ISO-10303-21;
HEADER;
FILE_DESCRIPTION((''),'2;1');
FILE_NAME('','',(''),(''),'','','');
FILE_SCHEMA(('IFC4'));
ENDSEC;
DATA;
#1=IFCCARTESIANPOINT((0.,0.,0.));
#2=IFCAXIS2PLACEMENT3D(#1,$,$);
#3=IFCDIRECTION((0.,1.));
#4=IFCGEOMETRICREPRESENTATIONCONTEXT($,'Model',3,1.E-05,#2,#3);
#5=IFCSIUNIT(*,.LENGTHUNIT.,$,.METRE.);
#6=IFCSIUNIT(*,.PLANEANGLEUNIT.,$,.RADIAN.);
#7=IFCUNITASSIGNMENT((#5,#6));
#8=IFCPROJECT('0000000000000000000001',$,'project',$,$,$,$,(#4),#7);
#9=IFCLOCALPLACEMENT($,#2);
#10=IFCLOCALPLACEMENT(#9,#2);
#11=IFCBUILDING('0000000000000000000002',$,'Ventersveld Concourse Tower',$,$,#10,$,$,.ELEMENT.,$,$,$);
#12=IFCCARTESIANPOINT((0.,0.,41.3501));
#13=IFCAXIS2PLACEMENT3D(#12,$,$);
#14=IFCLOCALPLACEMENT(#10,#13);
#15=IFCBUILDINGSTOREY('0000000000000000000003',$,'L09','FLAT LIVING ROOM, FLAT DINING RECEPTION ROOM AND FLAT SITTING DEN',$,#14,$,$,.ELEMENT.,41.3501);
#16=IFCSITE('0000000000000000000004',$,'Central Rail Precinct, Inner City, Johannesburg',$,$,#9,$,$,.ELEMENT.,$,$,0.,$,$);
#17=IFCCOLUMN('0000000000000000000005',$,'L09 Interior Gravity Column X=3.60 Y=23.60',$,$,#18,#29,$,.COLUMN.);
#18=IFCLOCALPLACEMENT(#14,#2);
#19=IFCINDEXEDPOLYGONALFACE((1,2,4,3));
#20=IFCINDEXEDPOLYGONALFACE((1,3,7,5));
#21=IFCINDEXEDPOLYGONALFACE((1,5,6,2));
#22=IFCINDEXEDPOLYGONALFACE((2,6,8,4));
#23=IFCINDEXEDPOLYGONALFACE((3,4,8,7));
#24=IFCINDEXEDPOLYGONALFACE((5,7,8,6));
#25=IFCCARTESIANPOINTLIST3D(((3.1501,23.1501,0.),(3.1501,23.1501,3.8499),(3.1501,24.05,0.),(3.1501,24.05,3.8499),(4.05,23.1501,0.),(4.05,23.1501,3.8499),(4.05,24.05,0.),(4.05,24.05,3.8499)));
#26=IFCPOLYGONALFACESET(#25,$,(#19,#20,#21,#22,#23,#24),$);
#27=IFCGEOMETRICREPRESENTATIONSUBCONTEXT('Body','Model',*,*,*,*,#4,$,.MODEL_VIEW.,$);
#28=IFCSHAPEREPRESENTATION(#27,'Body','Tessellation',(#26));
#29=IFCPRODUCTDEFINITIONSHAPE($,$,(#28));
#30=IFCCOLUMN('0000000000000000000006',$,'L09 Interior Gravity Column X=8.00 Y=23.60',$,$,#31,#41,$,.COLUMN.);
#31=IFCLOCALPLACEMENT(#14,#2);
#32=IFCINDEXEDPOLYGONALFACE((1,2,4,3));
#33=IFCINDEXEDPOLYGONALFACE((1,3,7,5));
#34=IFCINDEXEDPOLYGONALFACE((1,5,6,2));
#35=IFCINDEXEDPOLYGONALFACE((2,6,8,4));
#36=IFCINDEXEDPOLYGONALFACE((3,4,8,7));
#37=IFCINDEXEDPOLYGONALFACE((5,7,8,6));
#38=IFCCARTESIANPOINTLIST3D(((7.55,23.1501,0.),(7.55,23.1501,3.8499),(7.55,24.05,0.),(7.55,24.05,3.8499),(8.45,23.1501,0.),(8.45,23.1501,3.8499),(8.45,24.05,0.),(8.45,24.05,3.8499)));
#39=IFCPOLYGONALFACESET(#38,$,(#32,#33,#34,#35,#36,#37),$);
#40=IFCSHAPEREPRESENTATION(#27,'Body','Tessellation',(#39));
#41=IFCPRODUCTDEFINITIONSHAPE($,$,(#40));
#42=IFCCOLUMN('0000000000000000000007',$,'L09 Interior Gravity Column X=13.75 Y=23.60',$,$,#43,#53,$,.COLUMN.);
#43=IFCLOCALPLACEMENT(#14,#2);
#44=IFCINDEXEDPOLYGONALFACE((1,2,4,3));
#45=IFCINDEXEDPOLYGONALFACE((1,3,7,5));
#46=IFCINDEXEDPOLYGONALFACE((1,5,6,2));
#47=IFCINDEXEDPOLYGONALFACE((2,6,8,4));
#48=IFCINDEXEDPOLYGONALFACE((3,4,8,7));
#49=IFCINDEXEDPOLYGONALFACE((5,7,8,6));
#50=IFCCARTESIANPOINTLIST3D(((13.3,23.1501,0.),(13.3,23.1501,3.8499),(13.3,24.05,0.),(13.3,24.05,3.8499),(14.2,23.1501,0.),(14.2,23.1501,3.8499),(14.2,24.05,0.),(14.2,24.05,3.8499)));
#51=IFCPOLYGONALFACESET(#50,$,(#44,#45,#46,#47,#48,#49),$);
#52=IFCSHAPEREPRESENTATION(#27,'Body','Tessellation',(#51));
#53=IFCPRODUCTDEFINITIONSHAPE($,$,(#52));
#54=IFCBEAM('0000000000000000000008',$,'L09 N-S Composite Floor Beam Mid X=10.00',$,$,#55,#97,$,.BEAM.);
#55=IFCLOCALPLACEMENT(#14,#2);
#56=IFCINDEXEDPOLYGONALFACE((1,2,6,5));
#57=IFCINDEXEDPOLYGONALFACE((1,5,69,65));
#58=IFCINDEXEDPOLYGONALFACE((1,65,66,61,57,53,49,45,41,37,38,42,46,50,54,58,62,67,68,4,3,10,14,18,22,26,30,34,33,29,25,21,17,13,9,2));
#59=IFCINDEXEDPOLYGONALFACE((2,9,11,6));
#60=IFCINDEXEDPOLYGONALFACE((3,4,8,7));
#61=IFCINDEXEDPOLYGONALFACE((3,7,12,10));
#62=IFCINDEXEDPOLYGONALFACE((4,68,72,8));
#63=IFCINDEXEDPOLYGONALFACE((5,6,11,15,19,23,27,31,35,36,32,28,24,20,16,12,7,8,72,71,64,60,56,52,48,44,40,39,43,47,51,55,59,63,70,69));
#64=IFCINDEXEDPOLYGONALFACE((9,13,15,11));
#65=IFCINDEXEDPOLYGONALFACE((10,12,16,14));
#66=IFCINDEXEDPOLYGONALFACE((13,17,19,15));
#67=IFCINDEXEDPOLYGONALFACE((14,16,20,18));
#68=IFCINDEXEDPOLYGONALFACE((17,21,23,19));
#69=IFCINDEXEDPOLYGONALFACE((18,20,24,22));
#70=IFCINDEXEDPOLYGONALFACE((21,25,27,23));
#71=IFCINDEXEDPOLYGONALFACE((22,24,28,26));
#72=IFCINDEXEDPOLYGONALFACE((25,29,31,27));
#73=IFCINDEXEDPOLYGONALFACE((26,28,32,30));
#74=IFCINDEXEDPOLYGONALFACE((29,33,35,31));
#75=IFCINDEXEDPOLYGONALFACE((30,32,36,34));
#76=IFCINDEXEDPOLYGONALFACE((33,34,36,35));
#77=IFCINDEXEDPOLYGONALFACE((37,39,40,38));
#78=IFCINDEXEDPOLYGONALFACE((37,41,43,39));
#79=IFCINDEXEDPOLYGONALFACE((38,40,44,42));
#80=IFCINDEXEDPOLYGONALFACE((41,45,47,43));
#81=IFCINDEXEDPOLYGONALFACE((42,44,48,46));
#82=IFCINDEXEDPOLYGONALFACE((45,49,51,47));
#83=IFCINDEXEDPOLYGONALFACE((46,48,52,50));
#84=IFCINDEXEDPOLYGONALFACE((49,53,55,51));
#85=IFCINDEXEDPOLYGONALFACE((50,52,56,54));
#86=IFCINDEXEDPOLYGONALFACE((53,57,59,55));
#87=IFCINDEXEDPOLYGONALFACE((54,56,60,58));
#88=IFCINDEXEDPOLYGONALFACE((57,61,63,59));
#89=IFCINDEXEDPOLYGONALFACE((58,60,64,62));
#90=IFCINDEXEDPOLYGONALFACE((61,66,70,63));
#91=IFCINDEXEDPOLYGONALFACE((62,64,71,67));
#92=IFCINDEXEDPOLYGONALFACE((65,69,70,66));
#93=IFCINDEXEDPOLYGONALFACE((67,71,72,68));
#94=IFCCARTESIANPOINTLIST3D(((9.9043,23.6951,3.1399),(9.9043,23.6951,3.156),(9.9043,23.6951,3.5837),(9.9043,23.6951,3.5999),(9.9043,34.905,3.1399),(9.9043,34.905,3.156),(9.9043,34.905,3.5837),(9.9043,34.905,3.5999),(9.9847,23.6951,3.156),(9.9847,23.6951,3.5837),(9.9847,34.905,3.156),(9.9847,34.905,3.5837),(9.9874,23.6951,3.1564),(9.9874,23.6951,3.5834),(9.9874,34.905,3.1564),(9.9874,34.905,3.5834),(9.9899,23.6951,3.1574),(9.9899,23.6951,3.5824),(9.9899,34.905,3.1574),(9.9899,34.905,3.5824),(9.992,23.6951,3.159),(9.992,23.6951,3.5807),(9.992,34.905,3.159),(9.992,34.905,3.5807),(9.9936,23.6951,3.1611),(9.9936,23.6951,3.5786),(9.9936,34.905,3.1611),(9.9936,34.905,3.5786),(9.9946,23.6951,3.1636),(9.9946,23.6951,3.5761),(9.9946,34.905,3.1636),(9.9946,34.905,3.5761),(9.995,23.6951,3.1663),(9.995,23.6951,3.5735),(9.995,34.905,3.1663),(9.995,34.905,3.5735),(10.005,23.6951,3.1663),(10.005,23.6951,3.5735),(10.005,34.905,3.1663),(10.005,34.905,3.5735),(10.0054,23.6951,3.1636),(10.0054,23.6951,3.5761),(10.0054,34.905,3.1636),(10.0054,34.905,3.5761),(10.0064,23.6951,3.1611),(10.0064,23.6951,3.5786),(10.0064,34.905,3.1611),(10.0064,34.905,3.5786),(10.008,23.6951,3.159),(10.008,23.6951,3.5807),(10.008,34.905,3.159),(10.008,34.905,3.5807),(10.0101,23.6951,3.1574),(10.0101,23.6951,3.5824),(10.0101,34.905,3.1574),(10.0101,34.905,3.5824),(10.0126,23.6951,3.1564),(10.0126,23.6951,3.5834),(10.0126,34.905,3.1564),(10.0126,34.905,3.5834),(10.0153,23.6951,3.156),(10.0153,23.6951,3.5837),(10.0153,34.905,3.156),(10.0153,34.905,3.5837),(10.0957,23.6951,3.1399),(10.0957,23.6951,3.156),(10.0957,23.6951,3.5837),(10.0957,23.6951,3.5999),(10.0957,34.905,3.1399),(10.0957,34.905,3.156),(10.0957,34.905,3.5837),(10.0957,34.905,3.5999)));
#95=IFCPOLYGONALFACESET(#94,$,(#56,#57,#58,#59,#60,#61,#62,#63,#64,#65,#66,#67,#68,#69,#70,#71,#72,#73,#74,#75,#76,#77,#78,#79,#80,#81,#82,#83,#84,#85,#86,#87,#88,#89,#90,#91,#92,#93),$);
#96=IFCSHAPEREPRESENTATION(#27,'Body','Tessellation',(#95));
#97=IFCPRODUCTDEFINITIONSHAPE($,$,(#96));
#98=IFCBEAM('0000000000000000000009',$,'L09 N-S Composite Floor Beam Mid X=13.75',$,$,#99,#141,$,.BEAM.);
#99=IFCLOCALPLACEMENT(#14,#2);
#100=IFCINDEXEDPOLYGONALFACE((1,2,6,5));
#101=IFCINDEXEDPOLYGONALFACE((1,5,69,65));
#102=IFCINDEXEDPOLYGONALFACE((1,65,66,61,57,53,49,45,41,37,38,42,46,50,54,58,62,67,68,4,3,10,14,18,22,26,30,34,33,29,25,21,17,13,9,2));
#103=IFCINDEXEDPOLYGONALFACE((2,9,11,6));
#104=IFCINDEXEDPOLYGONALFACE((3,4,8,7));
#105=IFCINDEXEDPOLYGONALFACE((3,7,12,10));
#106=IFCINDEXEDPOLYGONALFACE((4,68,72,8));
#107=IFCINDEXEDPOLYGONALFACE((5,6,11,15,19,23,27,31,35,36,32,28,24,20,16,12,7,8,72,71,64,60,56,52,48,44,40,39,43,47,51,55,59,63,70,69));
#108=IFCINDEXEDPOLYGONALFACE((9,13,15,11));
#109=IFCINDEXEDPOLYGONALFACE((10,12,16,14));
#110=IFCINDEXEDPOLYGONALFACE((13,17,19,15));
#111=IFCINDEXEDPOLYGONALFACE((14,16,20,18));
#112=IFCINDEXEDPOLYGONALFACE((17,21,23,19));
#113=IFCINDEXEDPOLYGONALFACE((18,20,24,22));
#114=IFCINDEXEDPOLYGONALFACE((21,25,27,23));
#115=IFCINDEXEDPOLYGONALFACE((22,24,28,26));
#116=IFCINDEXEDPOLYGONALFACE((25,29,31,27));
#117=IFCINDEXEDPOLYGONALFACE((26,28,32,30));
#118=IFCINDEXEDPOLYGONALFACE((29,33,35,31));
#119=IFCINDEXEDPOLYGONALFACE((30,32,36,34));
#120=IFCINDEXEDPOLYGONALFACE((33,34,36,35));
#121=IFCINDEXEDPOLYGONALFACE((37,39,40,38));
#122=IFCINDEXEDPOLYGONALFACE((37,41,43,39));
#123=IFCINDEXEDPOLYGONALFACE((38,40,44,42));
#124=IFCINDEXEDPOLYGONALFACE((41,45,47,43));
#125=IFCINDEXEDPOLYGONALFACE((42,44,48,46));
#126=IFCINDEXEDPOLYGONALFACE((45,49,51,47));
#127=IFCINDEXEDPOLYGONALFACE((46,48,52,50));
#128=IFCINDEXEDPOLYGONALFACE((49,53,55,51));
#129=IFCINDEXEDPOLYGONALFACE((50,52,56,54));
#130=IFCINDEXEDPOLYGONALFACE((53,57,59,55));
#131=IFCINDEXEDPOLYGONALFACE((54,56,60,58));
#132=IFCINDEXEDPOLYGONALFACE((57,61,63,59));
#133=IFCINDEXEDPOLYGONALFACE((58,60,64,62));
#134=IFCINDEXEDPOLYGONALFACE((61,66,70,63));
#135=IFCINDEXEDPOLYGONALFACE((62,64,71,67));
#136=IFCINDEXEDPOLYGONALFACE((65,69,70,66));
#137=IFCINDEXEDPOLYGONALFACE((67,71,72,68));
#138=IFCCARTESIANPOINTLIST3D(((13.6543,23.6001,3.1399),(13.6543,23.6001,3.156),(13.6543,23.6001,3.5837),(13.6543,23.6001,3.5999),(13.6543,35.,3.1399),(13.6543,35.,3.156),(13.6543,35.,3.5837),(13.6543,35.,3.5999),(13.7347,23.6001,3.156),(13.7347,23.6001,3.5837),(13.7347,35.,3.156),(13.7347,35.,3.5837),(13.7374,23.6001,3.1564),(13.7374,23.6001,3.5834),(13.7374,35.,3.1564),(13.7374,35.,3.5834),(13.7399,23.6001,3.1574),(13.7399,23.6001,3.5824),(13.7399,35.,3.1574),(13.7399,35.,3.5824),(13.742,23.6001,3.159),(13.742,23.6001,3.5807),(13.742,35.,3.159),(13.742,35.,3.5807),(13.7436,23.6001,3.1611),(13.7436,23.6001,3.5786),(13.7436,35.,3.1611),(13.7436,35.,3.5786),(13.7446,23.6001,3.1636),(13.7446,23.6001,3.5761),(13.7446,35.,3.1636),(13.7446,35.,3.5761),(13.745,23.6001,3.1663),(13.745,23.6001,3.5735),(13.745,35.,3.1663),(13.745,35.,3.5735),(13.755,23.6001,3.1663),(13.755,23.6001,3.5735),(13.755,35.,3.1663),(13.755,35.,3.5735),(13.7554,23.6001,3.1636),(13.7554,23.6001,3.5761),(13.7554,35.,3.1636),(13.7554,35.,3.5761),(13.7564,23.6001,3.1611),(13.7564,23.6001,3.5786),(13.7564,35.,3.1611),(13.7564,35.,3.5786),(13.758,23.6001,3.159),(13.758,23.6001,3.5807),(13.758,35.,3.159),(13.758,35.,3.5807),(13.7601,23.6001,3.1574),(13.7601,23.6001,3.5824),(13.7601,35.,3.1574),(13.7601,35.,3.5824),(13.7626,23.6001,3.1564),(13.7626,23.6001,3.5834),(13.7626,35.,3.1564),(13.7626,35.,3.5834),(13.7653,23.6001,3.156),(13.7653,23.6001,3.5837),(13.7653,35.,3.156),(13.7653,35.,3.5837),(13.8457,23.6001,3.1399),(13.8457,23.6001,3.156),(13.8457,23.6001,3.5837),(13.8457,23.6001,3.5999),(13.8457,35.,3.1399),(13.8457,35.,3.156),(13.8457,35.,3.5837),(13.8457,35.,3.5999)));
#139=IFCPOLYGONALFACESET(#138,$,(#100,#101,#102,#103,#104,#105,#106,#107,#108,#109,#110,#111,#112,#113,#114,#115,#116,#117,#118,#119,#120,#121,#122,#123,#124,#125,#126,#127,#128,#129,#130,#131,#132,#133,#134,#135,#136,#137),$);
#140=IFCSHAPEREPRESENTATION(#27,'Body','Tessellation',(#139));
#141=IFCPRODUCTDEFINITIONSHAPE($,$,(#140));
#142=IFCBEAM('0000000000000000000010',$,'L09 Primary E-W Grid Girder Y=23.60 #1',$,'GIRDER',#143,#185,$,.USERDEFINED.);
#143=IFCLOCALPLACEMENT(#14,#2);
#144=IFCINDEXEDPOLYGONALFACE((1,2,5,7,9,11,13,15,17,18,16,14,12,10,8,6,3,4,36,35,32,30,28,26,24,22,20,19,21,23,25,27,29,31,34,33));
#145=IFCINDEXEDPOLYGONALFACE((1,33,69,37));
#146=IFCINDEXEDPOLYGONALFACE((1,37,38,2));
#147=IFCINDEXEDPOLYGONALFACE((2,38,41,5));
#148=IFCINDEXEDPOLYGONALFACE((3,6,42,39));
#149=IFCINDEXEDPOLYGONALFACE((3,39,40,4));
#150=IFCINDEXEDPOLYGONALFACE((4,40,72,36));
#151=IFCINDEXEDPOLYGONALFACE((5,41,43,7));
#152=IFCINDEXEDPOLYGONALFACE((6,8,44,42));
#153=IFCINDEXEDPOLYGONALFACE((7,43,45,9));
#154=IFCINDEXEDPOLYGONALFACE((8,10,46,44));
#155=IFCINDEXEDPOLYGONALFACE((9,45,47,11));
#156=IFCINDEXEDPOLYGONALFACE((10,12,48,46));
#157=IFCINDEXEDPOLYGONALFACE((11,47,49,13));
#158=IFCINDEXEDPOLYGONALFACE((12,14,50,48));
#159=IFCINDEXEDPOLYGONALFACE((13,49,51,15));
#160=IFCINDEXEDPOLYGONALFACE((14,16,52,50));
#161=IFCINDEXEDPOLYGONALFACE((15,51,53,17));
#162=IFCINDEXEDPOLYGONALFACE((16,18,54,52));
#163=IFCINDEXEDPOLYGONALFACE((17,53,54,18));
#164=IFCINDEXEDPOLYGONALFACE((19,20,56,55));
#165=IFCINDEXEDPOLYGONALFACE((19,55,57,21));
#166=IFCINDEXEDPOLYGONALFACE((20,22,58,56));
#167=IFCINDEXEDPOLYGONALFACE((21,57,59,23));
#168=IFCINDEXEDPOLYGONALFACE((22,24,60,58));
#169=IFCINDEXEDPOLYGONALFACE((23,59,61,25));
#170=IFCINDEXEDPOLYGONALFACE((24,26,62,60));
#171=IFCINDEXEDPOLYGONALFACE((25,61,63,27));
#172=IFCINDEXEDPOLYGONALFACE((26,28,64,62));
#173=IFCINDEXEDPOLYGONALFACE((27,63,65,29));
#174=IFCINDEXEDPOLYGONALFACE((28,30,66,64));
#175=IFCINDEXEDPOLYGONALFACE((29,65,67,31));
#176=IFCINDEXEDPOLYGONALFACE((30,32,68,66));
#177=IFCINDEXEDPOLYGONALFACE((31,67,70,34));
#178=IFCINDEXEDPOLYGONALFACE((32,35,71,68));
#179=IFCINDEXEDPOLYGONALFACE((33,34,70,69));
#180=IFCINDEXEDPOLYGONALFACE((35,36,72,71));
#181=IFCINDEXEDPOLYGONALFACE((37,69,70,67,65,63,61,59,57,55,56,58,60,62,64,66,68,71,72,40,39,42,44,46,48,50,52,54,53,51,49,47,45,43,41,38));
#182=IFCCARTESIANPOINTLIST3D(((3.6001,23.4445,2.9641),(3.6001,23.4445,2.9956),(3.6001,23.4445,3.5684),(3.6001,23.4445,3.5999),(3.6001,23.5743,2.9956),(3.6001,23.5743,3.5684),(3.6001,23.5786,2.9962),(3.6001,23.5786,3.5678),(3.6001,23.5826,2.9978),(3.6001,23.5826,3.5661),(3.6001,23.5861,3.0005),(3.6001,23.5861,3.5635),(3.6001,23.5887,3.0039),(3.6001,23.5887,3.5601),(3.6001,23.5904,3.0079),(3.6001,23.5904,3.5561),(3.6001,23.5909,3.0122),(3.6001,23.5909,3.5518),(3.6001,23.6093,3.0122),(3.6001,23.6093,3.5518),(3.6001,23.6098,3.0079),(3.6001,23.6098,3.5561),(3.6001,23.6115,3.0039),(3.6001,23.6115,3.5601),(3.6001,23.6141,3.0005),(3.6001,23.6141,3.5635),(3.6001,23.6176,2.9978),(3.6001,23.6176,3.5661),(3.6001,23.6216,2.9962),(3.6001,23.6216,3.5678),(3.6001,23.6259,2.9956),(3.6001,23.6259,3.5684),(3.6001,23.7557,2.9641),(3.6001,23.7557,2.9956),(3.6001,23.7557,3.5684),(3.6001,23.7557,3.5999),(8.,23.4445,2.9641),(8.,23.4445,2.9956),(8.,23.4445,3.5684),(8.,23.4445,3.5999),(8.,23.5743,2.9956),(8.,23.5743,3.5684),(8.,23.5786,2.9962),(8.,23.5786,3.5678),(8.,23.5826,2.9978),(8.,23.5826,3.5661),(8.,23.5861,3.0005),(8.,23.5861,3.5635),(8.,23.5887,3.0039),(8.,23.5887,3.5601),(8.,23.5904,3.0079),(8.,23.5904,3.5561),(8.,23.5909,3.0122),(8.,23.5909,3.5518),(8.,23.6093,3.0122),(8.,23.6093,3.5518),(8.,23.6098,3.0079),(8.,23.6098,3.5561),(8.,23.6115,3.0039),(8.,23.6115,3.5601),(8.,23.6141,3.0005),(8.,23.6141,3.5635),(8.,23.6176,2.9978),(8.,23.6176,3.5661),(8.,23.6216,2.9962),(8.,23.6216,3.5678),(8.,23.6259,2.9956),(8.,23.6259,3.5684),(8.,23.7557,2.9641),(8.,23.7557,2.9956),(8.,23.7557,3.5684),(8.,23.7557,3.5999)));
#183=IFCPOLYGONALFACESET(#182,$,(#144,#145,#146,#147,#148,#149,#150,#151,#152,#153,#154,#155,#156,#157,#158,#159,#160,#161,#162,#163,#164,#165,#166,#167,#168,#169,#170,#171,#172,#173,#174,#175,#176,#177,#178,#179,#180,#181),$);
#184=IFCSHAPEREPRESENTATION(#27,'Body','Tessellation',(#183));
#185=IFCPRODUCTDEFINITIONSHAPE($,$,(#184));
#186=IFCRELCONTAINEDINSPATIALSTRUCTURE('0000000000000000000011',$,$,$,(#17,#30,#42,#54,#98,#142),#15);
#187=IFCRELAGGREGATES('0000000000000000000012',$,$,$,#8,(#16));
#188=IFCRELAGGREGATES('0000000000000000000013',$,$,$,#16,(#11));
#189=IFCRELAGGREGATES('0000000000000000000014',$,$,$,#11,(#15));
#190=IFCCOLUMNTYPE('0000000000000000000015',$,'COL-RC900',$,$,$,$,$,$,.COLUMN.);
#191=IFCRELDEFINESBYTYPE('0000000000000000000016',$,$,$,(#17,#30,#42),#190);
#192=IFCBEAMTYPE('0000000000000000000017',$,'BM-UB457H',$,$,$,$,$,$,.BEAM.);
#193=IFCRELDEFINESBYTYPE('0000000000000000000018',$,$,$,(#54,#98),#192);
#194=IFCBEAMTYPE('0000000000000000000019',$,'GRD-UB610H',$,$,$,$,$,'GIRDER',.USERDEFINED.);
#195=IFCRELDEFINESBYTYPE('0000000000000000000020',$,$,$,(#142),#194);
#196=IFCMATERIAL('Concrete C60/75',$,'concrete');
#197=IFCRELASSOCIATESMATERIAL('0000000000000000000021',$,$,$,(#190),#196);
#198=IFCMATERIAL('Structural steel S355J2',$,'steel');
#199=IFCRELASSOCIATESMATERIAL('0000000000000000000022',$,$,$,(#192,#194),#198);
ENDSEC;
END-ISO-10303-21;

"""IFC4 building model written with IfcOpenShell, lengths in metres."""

from ifc_helpers import new_model, si_unit, direction, frame, origin, origin_2d, place, context, subcontext, project, spatial, rectangle, i_section, extrude, material, material_profile, profile_set, type_object, element, save


model = new_model("IFC4")

# Units and contexts
model_context = context("Model", 3, precision=1e-05, world=origin(), true_north=direction((0.0, 1.0)))
body_context = subcontext(model_context, "Body", "Model", "MODEL_VIEW")
ifc_project = project(units=[si_unit("LENGTHUNIT", "METRE"), si_unit("PLANEANGLEUNIT", "RADIAN")], contexts=[model_context])

# Site, building, storey
site_placement = place(None, origin())
site = spatial("IfcSite", under=ifc_project, at=site_placement, Name="Central Rail Precinct, Inner City, Johannesburg", CompositionType="ELEMENT", RefElevation=0.0)
building_placement = place(site_placement, origin())
building = spatial("IfcBuilding", under=site, at=building_placement, Name="Ventersveld Concourse Tower", CompositionType="ELEMENT")
storey_placement = place(building_placement, frame((0.0, 0.0, 41.3501)))
storey = spatial("IfcBuildingStorey", under=building, at=storey_placement, Name="L09", Description="FLAT LIVING ROOM, FLAT DINING RECEPTION ROOM AND FLAT SITTING DEN", CompositionType="ELEMENT", Elevation=41.3501)

# Columns
ifc_material_1 = material(Name="Concrete C60/75", Category="concrete")
ifc_material_profile_1 = material_profile(ifc_material_1, rectangle(XDim=0.8999, YDim=0.8999, at=origin_2d()), Name="RC 900x900")
ifc_profile_set_1 = profile_set([ifc_material_profile_1], Name="Concrete C60/75")
column_type = type_object("IfcColumnType", Name="COL-RC900", PredefinedType="COLUMN", material=ifc_profile_set_1)
for number, where, z_axis, x_axis, name in (
    (1, (3.6001, 23.6001, 0.0), (0.0, 0.0, 1.0), (1.0, 0.0, 0.0), "L09 Interior Gravity Column X=3.60 Y=23.60"),
    (2, (8.0, 23.6001, 0.0), (0.0, 0.0, 1.0), (1.0, 0.0, 0.0), "L09 Interior Gravity Column X=8.00 Y=23.60"),
    (3, (13.75, 23.6001, 0.0), (0.0, 0.0, 1.0), (1.0, 0.0, 0.0), "L09 Interior Gravity Column X=13.75 Y=23.60"),
):
    element("IfcColumn", number, at=place(storey_placement, frame(where, z_axis=z_axis, x_axis=x_axis)), inside=storey, type_object=column_type, Name=name, PredefinedType="COLUMN", context=body_context, shape_type="SweptSolid", body=[
        extrude(rectangle(XDim=0.8999, YDim=0.8999, at=origin_2d()), origin(), (0.0, 0.0, 1.0), 3.8499),
    ])

# Beams
ifc_material_2 = material(Name="Structural steel S355J2", Category="steel")
ifc_material_profile_2 = material_profile(ifc_material_2, i_section(OverallWidth=0.1914, OverallDepth=0.46, WebThickness=0.01, FlangeThickness=0.0161, FilletRadius=0.0103, at=origin_2d()), Name="UB 457x191x82")
ifc_profile_set_2 = profile_set([ifc_material_profile_2], Name="Structural steel S355J2")
beam_type_1 = type_object("IfcBeamType", Name="BM-UB457H", PredefinedType="BEAM", material=ifc_profile_set_2)
beam_1_placement = place(storey_placement, frame((10.0, 23.6951, 3.3699), z_axis=(0.0, 1.0, 0.0), x_axis=(-1.0, 0.0, 0.0)))
element("IfcBeam", 4, at=beam_1_placement, inside=storey, type_object=beam_type_1, Name="L09 N-S Composite Floor Beam Mid X=10.00", PredefinedType="BEAM", context=body_context, shape_type="SweptSolid", body=[
    extrude(i_section(OverallWidth=0.1914, OverallDepth=0.46, WebThickness=0.01, FlangeThickness=0.0161, FilletRadius=0.0103, at=origin_2d()), origin(), (0.0, 0.0, 1.0), 11.21),
])
beam_2_placement = place(storey_placement, frame((13.75, 23.6001, 3.3699), z_axis=(0.0, 1.0, 0.0), x_axis=(-1.0, 0.0, 0.0)))
element("IfcBeam", 5, at=beam_2_placement, inside=storey, type_object=beam_type_1, Name="L09 N-S Composite Floor Beam Mid X=13.75", PredefinedType="BEAM", context=body_context, shape_type="SweptSolid", body=[
    extrude(i_section(OverallWidth=0.1914, OverallDepth=0.46, WebThickness=0.01, FlangeThickness=0.0161, FilletRadius=0.0103, at=origin_2d()), origin(), (0.0, 0.0, 1.0), 11.3999),
])
ifc_material_profile_3 = material_profile(ifc_material_2, i_section(OverallWidth=0.3113, OverallDepth=0.6357, WebThickness=0.0183, FlangeThickness=0.0315, FilletRadius=0.0166, at=origin_2d()), Name="UB 610x305x238")
ifc_profile_set_3 = profile_set([ifc_material_profile_3], Name="Structural steel S355J2")
beam_type_2 = type_object("IfcBeamType", Name="GRD-UB610H", ElementType="GIRDER", PredefinedType="USERDEFINED", material=ifc_profile_set_3)
beam_3_placement = place(storey_placement, frame((3.6001, 23.6001, 3.282), z_axis=(1.0, 0.0, 0.0), x_axis=(0.0, 1.0, 0.0)))
element("IfcBeam", 6, at=beam_3_placement, inside=storey, type_object=beam_type_2, Name="L09 Primary E-W Grid Girder Y=23.60 #1", ObjectType="GIRDER", PredefinedType="USERDEFINED", context=body_context, shape_type="SweptSolid", body=[
    extrude(i_section(OverallWidth=0.3113, OverallDepth=0.6357, WebThickness=0.0183, FlangeThickness=0.0315, FilletRadius=0.0166, at=origin_2d()), origin(), (0.0, 0.0, 1.0), 4.3999),
])

save(model, "model.ifc")
